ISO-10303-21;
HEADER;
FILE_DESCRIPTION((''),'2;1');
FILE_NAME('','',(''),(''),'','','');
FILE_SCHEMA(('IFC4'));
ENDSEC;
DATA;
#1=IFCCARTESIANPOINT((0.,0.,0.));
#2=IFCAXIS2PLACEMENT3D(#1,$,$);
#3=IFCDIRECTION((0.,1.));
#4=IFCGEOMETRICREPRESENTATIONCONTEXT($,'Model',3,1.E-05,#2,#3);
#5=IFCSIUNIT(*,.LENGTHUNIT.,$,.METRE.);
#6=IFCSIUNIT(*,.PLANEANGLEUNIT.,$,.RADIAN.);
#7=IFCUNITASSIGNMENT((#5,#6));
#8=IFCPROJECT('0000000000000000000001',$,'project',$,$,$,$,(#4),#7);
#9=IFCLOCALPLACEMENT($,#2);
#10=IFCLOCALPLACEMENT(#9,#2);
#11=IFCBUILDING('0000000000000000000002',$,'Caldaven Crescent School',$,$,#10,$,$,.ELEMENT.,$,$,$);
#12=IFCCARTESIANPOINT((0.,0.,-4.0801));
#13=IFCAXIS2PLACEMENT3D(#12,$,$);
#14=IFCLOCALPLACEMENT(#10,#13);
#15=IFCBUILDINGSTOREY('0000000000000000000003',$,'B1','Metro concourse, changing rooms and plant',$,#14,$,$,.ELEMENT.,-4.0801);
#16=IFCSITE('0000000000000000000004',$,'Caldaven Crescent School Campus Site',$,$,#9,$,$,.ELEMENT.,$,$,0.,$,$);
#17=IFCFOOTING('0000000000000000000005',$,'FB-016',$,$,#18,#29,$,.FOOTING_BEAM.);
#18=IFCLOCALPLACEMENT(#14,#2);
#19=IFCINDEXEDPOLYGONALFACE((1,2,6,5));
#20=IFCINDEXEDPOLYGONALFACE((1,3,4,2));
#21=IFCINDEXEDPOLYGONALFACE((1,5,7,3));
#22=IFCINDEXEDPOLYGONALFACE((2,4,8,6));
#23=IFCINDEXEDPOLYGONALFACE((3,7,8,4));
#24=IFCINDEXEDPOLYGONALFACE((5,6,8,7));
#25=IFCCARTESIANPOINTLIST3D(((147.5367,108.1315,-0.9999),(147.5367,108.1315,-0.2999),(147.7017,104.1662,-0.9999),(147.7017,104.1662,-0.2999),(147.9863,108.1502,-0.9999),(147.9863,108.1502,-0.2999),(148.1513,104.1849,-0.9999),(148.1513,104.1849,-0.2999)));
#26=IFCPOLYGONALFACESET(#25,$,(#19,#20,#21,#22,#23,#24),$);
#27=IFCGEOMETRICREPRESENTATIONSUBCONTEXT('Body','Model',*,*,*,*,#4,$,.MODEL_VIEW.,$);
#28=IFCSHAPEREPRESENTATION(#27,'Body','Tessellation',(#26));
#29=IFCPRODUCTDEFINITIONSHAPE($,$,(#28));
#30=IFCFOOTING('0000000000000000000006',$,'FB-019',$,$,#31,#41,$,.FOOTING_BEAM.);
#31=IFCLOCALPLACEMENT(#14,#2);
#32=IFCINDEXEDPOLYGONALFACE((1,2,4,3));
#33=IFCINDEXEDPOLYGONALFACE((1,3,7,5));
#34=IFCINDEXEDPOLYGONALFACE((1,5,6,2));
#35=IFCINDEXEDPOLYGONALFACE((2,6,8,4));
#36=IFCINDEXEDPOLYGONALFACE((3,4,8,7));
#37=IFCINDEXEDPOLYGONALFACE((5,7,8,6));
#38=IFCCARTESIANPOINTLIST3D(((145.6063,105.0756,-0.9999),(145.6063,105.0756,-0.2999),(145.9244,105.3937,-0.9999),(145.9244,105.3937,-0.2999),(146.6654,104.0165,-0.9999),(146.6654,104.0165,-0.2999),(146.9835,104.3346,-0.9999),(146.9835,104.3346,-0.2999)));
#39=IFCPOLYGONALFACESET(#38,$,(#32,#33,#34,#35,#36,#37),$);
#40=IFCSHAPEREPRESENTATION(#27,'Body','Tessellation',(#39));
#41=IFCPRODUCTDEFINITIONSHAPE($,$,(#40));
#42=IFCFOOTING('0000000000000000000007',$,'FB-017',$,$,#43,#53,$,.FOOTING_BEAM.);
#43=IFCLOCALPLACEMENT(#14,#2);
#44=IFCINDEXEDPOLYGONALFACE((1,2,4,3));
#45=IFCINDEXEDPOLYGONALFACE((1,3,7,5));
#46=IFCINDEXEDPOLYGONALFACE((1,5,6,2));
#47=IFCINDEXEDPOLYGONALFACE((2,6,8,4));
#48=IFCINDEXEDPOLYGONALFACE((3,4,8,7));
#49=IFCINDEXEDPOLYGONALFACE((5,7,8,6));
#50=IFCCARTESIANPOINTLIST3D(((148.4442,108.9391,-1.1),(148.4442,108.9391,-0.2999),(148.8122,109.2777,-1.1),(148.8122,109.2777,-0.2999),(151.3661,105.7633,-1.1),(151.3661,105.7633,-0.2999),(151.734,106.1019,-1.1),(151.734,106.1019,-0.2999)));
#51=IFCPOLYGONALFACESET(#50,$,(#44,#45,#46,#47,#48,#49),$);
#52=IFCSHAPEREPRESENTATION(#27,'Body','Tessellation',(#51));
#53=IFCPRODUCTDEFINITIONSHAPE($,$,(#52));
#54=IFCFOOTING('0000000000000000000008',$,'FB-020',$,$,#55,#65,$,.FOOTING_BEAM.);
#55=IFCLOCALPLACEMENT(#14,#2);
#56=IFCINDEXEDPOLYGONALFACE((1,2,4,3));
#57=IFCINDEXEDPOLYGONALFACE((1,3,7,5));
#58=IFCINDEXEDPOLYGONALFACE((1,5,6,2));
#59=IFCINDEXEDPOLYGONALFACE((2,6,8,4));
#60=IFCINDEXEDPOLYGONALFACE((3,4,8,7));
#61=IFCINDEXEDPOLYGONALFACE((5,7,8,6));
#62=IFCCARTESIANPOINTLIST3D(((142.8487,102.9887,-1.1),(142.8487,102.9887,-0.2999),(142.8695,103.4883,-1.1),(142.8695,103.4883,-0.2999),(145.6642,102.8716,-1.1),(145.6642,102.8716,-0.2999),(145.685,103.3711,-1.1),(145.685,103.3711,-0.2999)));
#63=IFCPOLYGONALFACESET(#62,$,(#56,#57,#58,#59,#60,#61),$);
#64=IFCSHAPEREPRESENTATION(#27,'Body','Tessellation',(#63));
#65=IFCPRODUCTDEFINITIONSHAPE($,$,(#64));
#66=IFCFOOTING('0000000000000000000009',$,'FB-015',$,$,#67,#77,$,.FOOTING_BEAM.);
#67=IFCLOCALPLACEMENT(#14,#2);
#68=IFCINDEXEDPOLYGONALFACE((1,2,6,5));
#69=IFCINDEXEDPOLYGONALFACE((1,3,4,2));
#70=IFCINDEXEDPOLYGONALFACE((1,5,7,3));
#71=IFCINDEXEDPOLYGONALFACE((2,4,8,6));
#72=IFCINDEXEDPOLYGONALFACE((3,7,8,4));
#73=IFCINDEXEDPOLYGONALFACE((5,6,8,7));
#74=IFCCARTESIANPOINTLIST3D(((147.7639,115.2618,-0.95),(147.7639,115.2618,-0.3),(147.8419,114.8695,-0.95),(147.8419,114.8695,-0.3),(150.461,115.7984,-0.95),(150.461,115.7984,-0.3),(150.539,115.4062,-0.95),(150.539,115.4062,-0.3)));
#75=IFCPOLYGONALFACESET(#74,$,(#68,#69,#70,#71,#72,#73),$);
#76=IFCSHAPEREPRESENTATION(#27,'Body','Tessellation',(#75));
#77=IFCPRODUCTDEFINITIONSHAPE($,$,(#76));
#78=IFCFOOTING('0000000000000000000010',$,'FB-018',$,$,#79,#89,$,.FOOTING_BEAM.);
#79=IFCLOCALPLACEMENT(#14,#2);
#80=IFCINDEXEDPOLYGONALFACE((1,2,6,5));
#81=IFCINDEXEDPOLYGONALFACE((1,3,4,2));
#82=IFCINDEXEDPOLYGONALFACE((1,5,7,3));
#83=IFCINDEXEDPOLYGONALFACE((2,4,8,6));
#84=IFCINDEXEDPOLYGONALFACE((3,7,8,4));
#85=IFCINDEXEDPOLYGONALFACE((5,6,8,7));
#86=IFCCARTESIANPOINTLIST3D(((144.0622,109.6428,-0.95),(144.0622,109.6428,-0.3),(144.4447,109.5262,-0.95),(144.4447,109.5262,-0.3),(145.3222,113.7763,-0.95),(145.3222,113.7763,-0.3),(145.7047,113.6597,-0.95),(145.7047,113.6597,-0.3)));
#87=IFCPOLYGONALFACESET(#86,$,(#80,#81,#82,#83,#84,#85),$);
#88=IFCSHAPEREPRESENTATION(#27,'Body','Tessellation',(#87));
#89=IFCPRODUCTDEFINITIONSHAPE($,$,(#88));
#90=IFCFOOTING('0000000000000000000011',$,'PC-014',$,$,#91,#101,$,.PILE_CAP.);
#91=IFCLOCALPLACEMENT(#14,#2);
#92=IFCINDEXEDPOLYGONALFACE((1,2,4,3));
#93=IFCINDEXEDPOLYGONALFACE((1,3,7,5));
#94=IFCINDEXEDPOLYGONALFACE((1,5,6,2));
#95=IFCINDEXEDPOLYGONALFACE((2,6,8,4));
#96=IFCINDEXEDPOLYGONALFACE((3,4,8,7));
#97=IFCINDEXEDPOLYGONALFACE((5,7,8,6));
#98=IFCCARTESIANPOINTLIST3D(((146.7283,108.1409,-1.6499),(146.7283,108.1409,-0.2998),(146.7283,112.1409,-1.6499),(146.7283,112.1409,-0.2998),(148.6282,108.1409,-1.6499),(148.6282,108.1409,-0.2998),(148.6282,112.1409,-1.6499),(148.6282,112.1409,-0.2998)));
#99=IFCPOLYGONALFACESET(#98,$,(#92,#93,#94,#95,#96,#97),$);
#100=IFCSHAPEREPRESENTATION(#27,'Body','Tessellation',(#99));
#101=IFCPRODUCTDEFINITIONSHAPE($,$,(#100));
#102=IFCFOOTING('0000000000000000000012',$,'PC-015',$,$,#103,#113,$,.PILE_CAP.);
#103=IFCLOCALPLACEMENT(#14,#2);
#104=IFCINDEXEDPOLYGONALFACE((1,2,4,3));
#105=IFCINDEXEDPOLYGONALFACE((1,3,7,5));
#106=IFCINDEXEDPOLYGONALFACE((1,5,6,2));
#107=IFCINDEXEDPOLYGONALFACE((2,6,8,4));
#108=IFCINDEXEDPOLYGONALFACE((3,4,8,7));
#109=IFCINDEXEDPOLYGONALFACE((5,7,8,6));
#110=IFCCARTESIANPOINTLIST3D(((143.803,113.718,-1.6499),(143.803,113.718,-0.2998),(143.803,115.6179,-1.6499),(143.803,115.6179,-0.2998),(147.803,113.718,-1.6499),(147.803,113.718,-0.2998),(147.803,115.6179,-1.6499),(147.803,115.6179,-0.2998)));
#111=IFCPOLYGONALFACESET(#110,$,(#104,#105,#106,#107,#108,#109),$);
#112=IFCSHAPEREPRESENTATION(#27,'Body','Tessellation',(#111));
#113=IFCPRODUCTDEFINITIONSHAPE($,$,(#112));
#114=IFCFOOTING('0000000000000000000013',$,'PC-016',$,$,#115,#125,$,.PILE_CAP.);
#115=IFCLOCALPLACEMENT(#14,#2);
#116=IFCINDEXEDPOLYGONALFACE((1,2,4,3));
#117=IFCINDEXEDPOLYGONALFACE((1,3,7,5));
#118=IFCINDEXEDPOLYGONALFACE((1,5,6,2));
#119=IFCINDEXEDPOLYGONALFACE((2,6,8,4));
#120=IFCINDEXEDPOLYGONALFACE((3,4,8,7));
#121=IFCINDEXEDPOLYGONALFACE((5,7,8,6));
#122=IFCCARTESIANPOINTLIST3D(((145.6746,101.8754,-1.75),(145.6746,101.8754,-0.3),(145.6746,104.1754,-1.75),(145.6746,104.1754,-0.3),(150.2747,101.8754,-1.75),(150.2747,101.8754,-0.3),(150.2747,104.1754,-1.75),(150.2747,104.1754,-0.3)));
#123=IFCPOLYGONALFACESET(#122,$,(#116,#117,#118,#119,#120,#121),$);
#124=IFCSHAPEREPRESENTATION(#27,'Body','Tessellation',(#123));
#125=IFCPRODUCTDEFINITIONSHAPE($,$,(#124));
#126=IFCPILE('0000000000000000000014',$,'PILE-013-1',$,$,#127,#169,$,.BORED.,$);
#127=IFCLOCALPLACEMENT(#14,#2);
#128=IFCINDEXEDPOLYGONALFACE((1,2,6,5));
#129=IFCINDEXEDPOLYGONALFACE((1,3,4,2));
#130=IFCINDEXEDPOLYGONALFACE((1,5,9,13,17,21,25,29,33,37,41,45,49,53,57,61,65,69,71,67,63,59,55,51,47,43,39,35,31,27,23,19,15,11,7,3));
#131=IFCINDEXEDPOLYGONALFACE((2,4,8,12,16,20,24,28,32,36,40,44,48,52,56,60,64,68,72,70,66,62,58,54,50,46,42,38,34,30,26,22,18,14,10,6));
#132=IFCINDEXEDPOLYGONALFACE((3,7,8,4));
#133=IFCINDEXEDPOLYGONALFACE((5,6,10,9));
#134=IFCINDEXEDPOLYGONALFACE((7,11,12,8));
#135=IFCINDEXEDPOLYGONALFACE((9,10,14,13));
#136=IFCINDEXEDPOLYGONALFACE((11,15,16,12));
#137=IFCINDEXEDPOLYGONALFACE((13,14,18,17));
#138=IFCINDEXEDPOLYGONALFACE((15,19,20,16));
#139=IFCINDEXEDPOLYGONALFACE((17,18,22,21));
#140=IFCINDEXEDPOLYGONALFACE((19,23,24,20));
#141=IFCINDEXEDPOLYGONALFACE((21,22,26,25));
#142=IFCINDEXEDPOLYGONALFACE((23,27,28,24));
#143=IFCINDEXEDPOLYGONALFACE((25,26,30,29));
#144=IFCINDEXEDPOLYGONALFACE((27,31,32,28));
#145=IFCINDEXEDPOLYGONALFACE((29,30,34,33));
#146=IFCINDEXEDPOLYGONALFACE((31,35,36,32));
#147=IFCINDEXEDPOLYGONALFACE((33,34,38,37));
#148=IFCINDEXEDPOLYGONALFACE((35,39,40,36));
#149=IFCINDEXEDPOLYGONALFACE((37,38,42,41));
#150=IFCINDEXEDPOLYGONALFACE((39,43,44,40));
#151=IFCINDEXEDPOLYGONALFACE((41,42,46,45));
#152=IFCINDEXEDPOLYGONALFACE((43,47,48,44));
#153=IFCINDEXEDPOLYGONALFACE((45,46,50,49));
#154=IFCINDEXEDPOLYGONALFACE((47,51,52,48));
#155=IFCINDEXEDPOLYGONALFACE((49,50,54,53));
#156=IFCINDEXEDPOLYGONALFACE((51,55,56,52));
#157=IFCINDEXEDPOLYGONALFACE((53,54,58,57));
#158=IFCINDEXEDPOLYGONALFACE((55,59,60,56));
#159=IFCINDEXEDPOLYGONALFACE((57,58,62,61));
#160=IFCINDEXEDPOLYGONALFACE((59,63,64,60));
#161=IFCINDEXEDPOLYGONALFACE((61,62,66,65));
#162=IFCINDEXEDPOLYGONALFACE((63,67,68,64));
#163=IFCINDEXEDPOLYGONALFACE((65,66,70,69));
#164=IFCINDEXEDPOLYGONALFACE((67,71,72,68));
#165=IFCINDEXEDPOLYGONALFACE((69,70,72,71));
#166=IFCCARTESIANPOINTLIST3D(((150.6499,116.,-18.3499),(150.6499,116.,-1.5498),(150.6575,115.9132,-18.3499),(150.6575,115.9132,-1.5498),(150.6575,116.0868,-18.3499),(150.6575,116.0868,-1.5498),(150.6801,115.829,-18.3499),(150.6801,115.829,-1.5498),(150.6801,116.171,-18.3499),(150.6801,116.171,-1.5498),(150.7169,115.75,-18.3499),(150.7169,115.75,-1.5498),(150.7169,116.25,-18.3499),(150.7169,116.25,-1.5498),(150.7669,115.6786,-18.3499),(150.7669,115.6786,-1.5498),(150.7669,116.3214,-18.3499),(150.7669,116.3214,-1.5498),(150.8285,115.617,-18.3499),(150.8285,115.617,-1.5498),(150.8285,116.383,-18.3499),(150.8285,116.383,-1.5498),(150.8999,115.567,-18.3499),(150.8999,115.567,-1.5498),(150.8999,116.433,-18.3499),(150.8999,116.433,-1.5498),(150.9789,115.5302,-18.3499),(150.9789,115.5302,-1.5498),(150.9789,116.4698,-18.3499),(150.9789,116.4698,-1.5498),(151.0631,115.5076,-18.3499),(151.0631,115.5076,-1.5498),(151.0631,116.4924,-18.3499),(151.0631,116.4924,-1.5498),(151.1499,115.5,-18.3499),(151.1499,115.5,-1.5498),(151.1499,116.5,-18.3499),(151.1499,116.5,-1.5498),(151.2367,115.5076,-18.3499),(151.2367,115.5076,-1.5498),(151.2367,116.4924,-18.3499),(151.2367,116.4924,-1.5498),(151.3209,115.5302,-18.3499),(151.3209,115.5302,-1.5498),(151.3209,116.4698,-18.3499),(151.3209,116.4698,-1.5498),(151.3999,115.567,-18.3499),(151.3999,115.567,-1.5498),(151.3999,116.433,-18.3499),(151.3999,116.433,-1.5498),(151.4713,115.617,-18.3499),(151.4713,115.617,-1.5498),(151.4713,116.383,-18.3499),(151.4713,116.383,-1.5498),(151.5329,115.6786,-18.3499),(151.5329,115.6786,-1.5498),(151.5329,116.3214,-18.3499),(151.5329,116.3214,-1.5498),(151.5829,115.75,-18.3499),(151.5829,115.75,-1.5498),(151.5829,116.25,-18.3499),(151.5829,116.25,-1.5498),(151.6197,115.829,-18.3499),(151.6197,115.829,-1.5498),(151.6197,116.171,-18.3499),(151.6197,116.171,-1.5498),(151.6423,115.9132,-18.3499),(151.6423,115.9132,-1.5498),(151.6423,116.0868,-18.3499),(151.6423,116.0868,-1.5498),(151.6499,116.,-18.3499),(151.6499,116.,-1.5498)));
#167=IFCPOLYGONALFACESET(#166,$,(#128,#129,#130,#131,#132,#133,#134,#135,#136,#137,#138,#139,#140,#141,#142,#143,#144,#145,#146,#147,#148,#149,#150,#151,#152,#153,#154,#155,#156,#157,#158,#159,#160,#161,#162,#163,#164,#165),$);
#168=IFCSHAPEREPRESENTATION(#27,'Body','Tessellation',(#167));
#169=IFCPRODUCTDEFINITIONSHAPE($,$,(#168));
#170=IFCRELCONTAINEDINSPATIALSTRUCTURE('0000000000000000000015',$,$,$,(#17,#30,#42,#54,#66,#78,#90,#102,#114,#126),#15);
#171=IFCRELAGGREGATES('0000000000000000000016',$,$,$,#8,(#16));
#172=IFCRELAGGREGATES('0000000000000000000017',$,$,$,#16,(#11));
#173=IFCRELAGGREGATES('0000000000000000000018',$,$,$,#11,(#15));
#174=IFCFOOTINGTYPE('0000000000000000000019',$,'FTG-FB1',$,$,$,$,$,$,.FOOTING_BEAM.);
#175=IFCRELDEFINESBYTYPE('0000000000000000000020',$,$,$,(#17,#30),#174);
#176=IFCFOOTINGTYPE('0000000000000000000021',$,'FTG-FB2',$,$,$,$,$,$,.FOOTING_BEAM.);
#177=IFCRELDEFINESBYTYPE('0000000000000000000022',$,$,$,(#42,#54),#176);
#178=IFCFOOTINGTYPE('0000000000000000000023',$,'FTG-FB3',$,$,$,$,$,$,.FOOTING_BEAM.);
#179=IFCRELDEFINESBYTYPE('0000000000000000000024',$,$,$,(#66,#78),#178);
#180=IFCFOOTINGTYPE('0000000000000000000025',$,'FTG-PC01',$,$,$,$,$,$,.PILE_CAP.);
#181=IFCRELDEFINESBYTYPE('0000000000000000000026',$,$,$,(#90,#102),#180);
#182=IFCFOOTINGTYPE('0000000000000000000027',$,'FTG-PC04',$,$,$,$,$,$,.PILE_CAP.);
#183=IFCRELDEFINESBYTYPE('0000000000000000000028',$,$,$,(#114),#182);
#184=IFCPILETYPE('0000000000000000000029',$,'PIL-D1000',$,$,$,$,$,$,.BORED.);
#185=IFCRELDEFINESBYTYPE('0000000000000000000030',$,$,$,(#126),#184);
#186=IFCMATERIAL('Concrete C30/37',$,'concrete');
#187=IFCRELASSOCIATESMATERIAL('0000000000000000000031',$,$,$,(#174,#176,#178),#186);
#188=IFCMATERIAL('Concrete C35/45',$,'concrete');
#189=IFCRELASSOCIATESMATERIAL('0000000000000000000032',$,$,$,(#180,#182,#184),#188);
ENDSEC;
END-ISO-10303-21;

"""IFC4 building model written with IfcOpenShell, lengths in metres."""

from ifc_helpers import new_model, si_unit, direction, frame, origin, origin_2d, place, context, subcontext, project, spatial, rectangle, circle, extrude, material, material_profile, profile_set, type_object, element, save


model = new_model("IFC4")

# Units and contexts
model_context = context("Model", 3, precision=1e-05, world=origin(), true_north=direction((0.0, 1.0)))
body_context = subcontext(model_context, "Body", "Model", "MODEL_VIEW")
ifc_project = project(units=[si_unit("LENGTHUNIT", "METRE"), si_unit("PLANEANGLEUNIT", "RADIAN")], contexts=[model_context])

# Site, building, storey
site_placement = place(None, origin())
site = spatial("IfcSite", under=ifc_project, at=site_placement, Name="Caldaven Crescent School Campus Site", CompositionType="ELEMENT", RefElevation=0.0)
building_placement = place(site_placement, origin())
building = spatial("IfcBuilding", under=site, at=building_placement, Name="Caldaven Crescent School", CompositionType="ELEMENT")
storey_placement = place(building_placement, frame((0.0, 0.0, -4.0801)))
storey = spatial("IfcBuildingStorey", under=building, at=storey_placement, Name="B1", Description="Metro concourse, changing rooms and plant", CompositionType="ELEMENT", Elevation=-4.0801)

# Footings
ifc_material_1 = material(Name="Concrete C30/37", Category="concrete")
ifc_material_profile_1 = material_profile(ifc_material_1, rectangle(XDim=0.45, YDim=0.7, at=origin_2d()), Name="FB 450x700")
ifc_profile_set_1 = profile_set([ifc_material_profile_1], Name="Concrete C30/37")
footing_type_1 = type_object("IfcFootingType", Name="FTG-FB1", PredefinedType="FOOTING_BEAM", material=ifc_profile_set_1)
footing_1_placement = place(storey_placement, frame((147.7615, 108.1409, -0.6499), z_axis=(0.041584, -0.999135, 0.0), x_axis=(0.999135, 0.041584, 0.0)))
element("IfcFooting", 1, at=footing_1_placement, inside=storey, type_object=footing_type_1, Name="FB-016", PredefinedType="FOOTING_BEAM", context=body_context, shape_type="SweptSolid", body=[
    extrude(rectangle(XDim=0.45, YDim=0.7, at=origin_2d()), origin(), (0.0, 0.0, 1.0), 3.9688),
])
footing_2_placement = place(storey_placement, frame((146.8245, 104.1755, -0.6499), z_axis=(-0.707107, 0.707107, 0.0), x_axis=(-0.707107, -0.707107, 0.0)))
element("IfcFooting", 2, at=footing_2_placement, inside=storey, type_object=footing_type_1, Name="FB-019", PredefinedType="FOOTING_BEAM", context=body_context, shape_type="SweptSolid", body=[
    extrude(rectangle(XDim=0.45, YDim=0.7, at=origin_2d()), origin(), (0.0, 0.0, 1.0), 1.4978),
])
ifc_material_profile_2 = material_profile(ifc_material_1, rectangle(XDim=0.5, YDim=0.8, at=origin_2d()), Name="FB 500x800")
ifc_profile_set_2 = profile_set([ifc_material_profile_2], Name="Concrete C30/37")
footing_type_2 = type_object("IfcFootingType", Name="FTG-FB2", PredefinedType="FOOTING_BEAM", material=ifc_profile_set_2)
footing_3_placement = place(storey_placement, frame((148.6282, 109.1084, -0.7), z_axis=(0.677076, -0.735913, 0.0), x_axis=(0.735913, 0.677076, 0.0)))
element("IfcFooting", 3, at=footing_3_placement, inside=storey, type_object=footing_type_2, Name="FB-017", PredefinedType="FOOTING_BEAM", context=body_context, shape_type="SweptSolid", body=[
    extrude(rectangle(XDim=0.5, YDim=0.8, at=origin_2d()), origin(), (0.0, 0.0, 1.0), 4.3154),
])
footing_4_placement = place(storey_placement, frame((145.6746, 103.1213, -0.7), z_axis=(-0.999135, 0.041587, 0.0), x_axis=(-0.041587, -0.999135, 0.0)))
element("IfcFooting", 4, at=footing_4_placement, inside=storey, type_object=footing_type_2, Name="FB-020", PredefinedType="FOOTING_BEAM", context=body_context, shape_type="SweptSolid", body=[
    extrude(rectangle(XDim=0.5, YDim=0.8, at=origin_2d()), origin(), (0.0, 0.0, 1.0), 2.8179),
])
ifc_material_profile_3 = material_profile(ifc_material_1, rectangle(XDim=0.3999, YDim=0.6499, at=origin_2d()), Name="FB 400x650")
ifc_profile_set_3 = profile_set([ifc_material_profile_3], Name="Concrete C30/37")
footing_type_3 = type_object("IfcFootingType", Name="FTG-FB3", PredefinedType="FOOTING_BEAM", material=ifc_profile_set_3)
footing_5_placement = place(storey_placement, frame((150.5, 115.6023, -0.625), z_axis=(-0.980775, -0.195143, 0.0), x_axis=(0.195143, -0.980775, 0.0)))
element("IfcFooting", 5, at=footing_5_placement, inside=storey, type_object=footing_type_3, Name="FB-015", PredefinedType="FOOTING_BEAM", context=body_context, shape_type="SweptSolid", body=[
    extrude(rectangle(XDim=0.3999, YDim=0.6499, at=origin_2d()), origin(), (0.0, 0.0, 1.0), 2.75),
])
footing_6_placement = place(storey_placement, frame((145.5134, 113.718, -0.625), z_axis=(-0.29158, -0.956547, 0.0), x_axis=(0.956547, -0.29158, 0.0)))
element("IfcFooting", 6, at=footing_6_placement, inside=storey, type_object=footing_type_3, Name="FB-018", PredefinedType="FOOTING_BEAM", context=body_context, shape_type="SweptSolid", body=[
    extrude(rectangle(XDim=0.3999, YDim=0.6499, at=origin_2d()), origin(), (0.0, 0.0, 1.0), 4.3213),
])
ifc_material_2 = material(Name="Concrete C35/45", Category="concrete")
footing_type_4 = type_object("IfcFootingType", Name="FTG-PC01", PredefinedType="PILE_CAP", material=ifc_material_2)
for number, where, z_axis, x_axis, name in (
    (7, (147.6782, 110.1409, -1.6499), (0.0, 0.0, 1.0), (0.0, 1.0, 0.0), "PC-014"),
    (8, (145.803, 114.668, -1.6499), (0.0, 0.0, 1.0), (1.0, 0.0, 0.0), "PC-015"),
):
    element("IfcFooting", number, at=place(storey_placement, frame(where, z_axis=z_axis, x_axis=x_axis)), inside=storey, type_object=footing_type_4, Name=name, PredefinedType="PILE_CAP", context=body_context, shape_type="SweptSolid", body=[
        extrude(rectangle(XDim=4.0, YDim=1.8999, at=origin_2d()), origin(), (0.0, 0.0, 1.0), 1.3501),
    ])
footing_type_5 = type_object("IfcFootingType", Name="FTG-PC04", PredefinedType="PILE_CAP", material=ifc_material_2)
footing_7_placement = place(storey_placement, frame((147.9746, 103.0254, -1.75), z_axis=(0.0, 0.0, 1.0), x_axis=(1.0, 0.0, 0.0)))
element("IfcFooting", 9, at=footing_7_placement, inside=storey, type_object=footing_type_5, Name="PC-016", PredefinedType="PILE_CAP", context=body_context, shape_type="SweptSolid", body=[
    extrude(rectangle(XDim=4.6001, YDim=2.3, at=origin_2d()), origin(), (0.0, 0.0, 1.0), 1.45),
])

# Pile
ifc_material_profile_4 = material_profile(ifc_material_2, circle(Radius=0.5, at=origin_2d()), Name="PILE D1000")
ifc_profile_set_4 = profile_set([ifc_material_profile_4], Name="Concrete C35/45")
pile_type_1 = type_object("IfcPileType", Name="PIL-D1000", PredefinedType="BORED", material=ifc_profile_set_4)
for number, where, z_axis, x_axis, name in (
    (10, (151.1499, 116.0, -1.5498), (0.0, 0.0, -1.0), (1.0, 0.0, 0.0), "PILE-013-1"),
):
    element("IfcPile", number, at=place(storey_placement, frame(where, z_axis=z_axis, x_axis=x_axis)), inside=storey, type_object=pile_type_1, Name=name, PredefinedType="BORED", context=body_context, shape_type="SweptSolid", body=[
        extrude(circle(Radius=0.5, at=origin_2d()), origin(), (0.0, 0.0, 1.0), 16.8),
    ])

save(model, "model.ifc")
